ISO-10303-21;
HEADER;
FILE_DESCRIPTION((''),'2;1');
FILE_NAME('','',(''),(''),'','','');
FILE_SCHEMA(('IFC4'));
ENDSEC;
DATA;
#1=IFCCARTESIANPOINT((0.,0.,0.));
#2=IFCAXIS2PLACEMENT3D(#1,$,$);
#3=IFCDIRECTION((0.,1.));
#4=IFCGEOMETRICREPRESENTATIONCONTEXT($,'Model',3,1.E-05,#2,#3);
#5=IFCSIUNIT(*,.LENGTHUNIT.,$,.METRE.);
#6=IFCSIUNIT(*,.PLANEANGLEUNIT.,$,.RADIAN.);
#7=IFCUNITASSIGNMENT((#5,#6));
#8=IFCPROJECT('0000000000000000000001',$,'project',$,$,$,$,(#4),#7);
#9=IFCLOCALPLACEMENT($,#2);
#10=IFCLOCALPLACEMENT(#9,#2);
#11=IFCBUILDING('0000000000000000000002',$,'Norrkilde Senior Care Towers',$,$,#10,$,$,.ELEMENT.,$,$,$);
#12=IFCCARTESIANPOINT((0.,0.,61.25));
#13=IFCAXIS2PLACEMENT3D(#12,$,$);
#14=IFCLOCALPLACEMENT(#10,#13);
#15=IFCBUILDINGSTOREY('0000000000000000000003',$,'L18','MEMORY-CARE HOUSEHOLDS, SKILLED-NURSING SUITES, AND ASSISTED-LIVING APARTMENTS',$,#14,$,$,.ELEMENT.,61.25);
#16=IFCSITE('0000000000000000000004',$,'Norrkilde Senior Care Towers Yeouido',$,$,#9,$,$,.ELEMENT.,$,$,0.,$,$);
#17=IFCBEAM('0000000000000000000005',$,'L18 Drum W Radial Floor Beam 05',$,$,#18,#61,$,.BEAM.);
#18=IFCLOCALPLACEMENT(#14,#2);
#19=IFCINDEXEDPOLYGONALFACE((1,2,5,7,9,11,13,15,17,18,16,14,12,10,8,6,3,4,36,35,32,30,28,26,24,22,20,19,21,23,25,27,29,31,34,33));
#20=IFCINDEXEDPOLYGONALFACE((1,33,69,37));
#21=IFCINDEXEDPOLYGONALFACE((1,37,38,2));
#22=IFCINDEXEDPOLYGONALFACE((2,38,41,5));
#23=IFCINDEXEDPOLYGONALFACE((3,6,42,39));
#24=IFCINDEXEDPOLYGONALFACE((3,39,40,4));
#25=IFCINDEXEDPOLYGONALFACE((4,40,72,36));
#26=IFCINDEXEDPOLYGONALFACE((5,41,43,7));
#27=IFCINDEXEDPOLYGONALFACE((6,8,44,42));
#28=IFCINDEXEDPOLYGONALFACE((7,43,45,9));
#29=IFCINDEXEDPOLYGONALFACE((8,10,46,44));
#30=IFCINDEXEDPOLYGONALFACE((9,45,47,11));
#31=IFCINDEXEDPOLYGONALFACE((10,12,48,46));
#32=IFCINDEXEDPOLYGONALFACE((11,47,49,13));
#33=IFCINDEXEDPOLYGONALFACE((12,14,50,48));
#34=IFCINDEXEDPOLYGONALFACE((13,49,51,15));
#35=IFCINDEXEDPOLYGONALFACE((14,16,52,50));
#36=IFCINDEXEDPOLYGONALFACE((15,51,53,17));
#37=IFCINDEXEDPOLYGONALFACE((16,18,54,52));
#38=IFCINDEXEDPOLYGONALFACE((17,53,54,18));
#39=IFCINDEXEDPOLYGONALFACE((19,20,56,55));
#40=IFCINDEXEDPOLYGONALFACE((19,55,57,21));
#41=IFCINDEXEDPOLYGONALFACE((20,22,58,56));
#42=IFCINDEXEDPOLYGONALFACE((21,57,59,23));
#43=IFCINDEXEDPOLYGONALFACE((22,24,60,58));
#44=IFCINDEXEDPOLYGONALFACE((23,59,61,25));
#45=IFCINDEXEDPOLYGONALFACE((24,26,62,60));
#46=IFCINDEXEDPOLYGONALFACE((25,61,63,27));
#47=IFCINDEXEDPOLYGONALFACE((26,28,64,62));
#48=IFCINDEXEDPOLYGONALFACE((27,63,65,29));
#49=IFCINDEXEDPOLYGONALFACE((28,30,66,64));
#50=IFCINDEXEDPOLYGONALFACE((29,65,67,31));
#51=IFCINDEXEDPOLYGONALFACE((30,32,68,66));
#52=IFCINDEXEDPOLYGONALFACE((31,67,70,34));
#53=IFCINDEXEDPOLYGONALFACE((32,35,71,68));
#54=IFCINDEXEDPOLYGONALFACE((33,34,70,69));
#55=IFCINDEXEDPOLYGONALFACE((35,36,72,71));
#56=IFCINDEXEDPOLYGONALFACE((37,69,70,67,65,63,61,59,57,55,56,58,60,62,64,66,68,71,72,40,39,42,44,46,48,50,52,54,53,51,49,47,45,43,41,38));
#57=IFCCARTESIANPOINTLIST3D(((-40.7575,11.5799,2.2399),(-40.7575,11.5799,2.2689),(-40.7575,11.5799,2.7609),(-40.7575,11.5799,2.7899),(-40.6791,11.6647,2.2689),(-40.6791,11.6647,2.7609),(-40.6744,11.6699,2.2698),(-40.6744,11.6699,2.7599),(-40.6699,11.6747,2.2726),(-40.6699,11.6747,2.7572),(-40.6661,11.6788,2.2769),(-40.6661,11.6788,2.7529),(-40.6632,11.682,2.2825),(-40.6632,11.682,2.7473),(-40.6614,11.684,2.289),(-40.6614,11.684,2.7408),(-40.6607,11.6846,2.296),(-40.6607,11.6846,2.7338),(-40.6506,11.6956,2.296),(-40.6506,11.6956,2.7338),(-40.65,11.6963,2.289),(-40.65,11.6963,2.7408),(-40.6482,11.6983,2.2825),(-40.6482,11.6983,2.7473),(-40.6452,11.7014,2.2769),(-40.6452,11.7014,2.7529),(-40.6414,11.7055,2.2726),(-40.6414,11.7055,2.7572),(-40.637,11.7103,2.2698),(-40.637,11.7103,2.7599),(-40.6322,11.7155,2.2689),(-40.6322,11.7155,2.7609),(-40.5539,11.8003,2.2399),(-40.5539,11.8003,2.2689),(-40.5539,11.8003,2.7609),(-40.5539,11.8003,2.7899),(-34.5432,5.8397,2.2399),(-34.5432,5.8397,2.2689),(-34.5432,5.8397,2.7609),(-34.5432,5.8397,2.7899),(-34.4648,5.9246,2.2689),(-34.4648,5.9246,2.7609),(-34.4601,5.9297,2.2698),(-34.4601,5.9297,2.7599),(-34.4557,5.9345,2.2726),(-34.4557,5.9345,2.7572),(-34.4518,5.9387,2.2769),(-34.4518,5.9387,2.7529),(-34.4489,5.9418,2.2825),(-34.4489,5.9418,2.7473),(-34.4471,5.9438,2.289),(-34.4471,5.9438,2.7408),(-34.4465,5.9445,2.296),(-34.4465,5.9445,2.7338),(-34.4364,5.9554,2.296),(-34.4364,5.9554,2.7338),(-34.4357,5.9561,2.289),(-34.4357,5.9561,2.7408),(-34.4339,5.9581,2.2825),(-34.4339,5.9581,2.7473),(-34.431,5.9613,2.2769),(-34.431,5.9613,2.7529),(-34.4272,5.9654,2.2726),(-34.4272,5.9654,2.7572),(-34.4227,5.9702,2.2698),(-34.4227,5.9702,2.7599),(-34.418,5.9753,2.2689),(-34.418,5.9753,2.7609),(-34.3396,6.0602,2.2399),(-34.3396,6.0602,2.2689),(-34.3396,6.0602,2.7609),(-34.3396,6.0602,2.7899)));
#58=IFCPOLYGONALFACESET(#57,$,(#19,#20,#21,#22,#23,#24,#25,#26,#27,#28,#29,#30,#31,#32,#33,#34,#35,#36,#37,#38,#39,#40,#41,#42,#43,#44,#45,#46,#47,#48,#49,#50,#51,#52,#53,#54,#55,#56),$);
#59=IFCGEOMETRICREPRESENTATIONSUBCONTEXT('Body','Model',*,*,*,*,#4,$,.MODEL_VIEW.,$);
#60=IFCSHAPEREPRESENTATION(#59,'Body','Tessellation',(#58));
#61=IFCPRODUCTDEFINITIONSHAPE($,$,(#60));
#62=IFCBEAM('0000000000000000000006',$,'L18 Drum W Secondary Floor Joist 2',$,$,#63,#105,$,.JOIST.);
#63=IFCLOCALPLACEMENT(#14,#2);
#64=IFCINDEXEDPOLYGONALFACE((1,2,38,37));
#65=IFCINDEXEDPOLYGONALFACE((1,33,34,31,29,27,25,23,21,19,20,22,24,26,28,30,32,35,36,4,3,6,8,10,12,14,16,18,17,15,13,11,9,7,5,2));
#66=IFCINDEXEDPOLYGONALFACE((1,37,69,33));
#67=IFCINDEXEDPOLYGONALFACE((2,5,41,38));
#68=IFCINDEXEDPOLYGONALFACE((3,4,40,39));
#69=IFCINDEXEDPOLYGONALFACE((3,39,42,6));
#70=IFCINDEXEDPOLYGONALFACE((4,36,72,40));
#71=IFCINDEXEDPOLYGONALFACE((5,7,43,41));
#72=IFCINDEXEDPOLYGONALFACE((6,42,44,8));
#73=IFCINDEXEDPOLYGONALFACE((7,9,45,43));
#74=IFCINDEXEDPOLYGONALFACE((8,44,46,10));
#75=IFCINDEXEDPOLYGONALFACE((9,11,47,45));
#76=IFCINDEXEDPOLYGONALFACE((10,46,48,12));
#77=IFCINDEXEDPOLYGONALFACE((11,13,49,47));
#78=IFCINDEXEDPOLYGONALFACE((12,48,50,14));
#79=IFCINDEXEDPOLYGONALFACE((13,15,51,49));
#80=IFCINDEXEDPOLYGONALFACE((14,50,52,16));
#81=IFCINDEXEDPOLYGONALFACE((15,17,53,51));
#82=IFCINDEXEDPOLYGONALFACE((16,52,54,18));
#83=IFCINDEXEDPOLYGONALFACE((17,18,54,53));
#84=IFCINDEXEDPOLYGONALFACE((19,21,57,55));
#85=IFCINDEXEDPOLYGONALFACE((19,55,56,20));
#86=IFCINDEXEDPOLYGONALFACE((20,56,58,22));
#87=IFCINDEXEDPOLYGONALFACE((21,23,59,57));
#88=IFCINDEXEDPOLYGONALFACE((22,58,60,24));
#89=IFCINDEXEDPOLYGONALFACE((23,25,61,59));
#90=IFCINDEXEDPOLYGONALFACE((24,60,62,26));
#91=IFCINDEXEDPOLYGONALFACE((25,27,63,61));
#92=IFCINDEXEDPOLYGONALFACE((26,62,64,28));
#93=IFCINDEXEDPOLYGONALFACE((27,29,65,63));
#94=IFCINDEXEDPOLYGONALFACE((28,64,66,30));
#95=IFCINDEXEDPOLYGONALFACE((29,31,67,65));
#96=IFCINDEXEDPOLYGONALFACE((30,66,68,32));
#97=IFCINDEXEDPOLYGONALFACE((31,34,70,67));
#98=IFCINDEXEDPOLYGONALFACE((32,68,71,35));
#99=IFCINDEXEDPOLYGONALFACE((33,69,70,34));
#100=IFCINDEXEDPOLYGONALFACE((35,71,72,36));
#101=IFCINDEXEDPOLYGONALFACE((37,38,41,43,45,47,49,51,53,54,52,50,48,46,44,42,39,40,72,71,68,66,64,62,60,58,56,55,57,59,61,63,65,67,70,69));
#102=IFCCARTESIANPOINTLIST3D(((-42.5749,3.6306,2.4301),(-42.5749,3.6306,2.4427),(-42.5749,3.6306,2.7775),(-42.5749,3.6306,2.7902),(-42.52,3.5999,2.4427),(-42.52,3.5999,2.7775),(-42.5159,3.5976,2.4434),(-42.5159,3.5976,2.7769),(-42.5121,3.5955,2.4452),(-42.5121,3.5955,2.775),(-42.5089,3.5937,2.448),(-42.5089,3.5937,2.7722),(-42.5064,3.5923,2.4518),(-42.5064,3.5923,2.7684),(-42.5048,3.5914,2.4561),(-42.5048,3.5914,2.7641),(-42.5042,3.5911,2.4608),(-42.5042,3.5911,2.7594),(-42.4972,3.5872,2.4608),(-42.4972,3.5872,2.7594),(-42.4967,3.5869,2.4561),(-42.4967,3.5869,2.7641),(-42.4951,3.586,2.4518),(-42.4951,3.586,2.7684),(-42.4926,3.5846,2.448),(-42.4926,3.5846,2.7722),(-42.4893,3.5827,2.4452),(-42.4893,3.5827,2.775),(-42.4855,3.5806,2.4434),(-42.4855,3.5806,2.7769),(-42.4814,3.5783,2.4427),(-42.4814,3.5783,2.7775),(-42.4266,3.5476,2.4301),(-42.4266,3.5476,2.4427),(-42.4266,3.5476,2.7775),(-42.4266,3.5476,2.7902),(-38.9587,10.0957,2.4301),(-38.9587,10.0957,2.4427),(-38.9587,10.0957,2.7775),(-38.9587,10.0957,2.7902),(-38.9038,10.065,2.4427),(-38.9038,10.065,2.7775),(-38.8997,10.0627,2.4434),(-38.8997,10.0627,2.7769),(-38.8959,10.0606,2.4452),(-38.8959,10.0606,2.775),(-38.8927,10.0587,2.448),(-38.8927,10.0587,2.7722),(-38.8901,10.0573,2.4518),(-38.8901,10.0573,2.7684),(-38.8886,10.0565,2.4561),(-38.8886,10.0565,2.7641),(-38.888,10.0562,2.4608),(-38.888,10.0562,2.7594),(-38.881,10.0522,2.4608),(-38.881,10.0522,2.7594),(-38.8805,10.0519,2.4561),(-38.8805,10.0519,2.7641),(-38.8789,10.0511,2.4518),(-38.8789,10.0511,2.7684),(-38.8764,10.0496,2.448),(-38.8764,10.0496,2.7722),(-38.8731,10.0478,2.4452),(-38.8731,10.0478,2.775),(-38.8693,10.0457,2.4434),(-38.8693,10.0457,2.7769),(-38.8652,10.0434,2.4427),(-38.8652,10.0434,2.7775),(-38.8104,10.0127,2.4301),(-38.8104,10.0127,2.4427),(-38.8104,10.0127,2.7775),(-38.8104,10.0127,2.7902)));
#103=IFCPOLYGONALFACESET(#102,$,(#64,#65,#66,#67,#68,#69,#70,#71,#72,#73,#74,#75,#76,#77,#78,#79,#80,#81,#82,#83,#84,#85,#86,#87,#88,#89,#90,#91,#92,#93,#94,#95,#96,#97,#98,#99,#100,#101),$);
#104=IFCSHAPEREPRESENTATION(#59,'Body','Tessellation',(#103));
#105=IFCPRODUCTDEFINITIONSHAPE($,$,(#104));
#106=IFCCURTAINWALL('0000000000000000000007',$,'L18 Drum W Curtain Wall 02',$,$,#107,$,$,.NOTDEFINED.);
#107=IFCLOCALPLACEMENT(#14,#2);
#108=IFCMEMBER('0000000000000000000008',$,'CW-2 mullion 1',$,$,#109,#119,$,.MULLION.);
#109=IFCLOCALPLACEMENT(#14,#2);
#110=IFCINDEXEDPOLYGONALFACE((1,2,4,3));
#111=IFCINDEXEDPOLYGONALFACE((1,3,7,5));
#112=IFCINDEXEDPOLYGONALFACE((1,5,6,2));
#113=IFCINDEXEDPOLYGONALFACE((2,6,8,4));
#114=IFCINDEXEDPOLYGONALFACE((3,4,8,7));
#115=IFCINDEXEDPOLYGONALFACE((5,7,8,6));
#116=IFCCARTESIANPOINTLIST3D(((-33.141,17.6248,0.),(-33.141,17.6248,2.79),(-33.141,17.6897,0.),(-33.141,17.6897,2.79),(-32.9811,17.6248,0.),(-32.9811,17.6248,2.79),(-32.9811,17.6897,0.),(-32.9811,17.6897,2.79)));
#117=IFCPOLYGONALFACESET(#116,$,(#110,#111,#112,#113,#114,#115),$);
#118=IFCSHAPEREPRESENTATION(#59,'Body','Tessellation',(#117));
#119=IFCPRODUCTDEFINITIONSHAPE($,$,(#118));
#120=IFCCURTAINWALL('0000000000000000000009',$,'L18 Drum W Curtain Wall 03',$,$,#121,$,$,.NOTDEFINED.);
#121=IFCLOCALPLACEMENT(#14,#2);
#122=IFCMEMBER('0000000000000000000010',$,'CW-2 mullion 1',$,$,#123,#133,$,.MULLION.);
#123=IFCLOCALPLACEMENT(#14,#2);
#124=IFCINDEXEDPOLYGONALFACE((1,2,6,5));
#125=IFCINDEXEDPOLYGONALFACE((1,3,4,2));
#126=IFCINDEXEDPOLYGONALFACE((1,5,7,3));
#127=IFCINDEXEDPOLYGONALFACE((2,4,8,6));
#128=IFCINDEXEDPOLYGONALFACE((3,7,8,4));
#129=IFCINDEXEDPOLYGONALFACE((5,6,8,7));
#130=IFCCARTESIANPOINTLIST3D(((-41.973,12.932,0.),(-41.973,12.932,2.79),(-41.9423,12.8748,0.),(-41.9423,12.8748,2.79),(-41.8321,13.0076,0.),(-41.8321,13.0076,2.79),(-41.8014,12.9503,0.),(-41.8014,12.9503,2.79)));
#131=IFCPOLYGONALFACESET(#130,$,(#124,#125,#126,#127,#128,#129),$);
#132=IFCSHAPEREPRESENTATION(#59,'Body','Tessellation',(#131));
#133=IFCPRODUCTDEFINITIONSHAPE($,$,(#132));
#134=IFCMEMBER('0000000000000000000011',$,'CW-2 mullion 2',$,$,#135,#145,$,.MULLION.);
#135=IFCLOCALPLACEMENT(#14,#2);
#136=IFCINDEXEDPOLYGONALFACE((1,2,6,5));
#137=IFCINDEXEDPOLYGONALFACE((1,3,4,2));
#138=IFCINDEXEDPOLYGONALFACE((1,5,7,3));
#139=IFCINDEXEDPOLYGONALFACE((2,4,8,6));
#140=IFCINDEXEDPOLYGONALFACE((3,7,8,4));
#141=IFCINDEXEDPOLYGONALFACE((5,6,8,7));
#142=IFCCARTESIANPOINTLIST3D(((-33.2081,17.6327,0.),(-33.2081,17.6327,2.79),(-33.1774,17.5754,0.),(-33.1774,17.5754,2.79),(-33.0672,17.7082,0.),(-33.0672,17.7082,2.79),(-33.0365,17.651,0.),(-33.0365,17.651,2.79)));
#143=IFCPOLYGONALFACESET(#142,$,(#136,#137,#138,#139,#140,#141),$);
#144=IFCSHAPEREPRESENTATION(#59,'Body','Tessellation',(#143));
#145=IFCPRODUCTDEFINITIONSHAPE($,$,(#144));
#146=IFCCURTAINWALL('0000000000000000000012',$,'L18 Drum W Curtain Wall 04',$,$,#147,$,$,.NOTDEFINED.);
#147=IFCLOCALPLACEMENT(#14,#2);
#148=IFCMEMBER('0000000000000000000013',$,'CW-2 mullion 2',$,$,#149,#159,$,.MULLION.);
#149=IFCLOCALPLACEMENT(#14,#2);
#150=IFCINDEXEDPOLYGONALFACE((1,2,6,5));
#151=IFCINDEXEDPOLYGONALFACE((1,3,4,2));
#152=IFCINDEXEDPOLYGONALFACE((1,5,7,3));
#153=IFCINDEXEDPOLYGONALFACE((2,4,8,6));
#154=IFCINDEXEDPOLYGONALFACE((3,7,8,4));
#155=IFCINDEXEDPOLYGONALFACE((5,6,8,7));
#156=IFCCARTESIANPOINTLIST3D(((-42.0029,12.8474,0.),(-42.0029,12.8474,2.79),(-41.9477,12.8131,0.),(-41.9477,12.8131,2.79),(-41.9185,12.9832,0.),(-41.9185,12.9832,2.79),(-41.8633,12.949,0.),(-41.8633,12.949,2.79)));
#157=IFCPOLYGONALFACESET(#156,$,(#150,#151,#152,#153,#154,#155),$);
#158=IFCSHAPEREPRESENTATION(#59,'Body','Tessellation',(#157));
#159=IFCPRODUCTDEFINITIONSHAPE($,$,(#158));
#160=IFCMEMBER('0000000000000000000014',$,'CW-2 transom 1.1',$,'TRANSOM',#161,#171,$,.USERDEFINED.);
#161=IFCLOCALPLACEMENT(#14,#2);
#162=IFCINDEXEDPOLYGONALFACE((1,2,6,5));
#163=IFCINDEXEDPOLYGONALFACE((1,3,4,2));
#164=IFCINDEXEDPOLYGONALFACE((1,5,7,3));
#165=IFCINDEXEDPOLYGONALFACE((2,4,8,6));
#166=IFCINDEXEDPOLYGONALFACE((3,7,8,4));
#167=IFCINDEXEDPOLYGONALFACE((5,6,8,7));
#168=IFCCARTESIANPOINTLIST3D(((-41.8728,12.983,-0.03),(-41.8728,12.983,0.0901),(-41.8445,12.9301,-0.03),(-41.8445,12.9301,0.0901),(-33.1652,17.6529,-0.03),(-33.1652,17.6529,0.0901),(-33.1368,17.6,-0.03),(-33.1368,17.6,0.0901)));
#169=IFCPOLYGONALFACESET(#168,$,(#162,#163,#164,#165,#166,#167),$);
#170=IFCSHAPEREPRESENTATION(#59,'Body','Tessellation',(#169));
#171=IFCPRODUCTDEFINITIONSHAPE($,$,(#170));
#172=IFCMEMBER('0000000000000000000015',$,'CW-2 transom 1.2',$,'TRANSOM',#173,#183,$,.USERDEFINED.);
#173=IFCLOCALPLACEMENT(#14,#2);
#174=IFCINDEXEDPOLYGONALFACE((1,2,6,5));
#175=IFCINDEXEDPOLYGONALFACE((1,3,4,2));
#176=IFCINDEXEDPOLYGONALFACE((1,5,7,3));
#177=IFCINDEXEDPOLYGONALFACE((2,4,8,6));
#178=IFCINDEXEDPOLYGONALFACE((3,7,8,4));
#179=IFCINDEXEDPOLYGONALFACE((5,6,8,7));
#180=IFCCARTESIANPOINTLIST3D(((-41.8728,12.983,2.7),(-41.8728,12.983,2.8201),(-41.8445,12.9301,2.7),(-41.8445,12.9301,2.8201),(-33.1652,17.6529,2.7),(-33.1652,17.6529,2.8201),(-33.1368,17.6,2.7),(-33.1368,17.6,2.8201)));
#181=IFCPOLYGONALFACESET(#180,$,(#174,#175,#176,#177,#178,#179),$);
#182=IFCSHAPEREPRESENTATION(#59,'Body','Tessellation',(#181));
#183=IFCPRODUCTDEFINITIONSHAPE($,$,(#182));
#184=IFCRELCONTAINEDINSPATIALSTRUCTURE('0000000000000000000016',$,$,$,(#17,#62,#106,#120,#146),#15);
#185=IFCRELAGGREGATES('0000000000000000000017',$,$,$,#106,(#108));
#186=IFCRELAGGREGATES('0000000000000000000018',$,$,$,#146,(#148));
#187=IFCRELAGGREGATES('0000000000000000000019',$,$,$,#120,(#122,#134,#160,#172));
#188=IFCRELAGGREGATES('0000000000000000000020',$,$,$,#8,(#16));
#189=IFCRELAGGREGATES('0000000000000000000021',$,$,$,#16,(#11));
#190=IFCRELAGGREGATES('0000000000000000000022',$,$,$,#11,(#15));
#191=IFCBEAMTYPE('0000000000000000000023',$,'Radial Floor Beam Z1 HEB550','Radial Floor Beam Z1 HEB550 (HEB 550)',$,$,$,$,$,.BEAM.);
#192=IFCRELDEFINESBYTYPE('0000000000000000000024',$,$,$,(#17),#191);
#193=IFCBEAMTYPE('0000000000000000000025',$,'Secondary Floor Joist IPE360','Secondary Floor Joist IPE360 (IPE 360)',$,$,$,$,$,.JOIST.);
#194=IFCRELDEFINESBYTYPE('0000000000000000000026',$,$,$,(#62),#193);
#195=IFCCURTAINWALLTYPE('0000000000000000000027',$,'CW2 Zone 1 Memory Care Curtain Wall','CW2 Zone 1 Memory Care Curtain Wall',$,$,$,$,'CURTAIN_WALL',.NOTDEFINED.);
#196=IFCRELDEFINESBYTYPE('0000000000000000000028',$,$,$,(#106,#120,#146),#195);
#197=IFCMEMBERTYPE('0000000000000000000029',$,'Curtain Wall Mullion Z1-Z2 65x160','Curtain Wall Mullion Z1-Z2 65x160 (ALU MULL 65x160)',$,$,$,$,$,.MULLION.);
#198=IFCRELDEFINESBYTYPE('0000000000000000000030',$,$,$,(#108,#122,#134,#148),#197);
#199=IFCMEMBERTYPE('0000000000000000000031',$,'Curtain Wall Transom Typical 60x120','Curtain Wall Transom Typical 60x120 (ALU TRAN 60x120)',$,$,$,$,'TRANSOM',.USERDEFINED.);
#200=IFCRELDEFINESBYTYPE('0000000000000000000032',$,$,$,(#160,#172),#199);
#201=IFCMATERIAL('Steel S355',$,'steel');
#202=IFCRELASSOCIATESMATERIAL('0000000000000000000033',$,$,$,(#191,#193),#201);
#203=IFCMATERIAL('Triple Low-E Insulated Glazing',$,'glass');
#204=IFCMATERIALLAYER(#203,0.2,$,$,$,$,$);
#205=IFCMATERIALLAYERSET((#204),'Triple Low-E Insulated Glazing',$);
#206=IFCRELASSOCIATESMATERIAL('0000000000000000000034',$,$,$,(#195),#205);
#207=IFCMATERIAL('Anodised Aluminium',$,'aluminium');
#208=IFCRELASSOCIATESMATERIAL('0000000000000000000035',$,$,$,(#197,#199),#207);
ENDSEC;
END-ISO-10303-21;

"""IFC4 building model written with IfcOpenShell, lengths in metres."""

from ifc_helpers import new_model, si_unit, direction, frame, origin, origin_2d, place, context, subcontext, project, spatial, rectangle, i_section, extrude, source, transform, mapped, material, layer, layer_set, material_profile, profile_set, type_object, type_shapes, element, aggregate, save


model = new_model("IFC4")

# Units and contexts
model_context = context("Model", 3, precision=1e-05, world=origin(), true_north=direction((0.0, 1.0)))
body_context = subcontext(model_context, "Body", "Model", "MODEL_VIEW")
ifc_project = project(units=[si_unit("LENGTHUNIT", "METRE"), si_unit("PLANEANGLEUNIT", "RADIAN")], contexts=[model_context])

# Site, building, storey
site_placement = place(None, origin())
site = spatial("IfcSite", under=ifc_project, at=site_placement, Name="Norrkilde Senior Care Towers Yeouido", CompositionType="ELEMENT", RefElevation=0.0)
building_placement = place(site_placement, origin())
building = spatial("IfcBuilding", under=site, at=building_placement, Name="Norrkilde Senior Care Towers", CompositionType="ELEMENT")
storey_placement = place(building_placement, frame((0.0, 0.0, 61.25)))
storey = spatial("IfcBuildingStorey", under=building, at=storey_placement, Name="L18", Description="MEMORY-CARE HOUSEHOLDS, SKILLED-NURSING SUITES, AND ASSISTED-LIVING APARTMENTS", CompositionType="ELEMENT", Elevation=61.25)

# Beams
ifc_material_1 = material(Name="Steel S355", Category="steel")
ifc_material_profile_1 = material_profile(ifc_material_1, i_section(OverallWidth=0.3, OverallDepth=0.55, WebThickness=0.0149, FlangeThickness=0.0291, FilletRadius=0.0271, at=origin_2d()), Name="HEB 550")
ifc_profile_set_1 = profile_set([ifc_material_profile_1], Name="Steel S355")
beam_type_1 = type_object("IfcBeamType", Name="Radial Floor Beam Z1 HEB550", Description="Radial Floor Beam Z1 HEB550 (HEB 550)", PredefinedType="BEAM", material=ifc_profile_set_1)
shared_shape_1 = source(origin(), body_context, "Body", "SweptSolid", [
    extrude(i_section(OverallWidth=0.3, OverallDepth=0.55, WebThickness=0.0149, FlangeThickness=0.0291, FilletRadius=0.0271, at=origin_2d()), origin(), (0.0, 0.0, 1.0), 8.4597),
])
type_shapes(beam_type_1, [shared_shape_1])
beam_1_placement = place(storey_placement, frame((-34.4414, 5.95, 2.5149), z_axis=(-0.734573, 0.678529, 0.0), x_axis=(-0.678529, -0.734573, 0.0)))
element("IfcBeam", 1, at=beam_1_placement, inside=storey, type_object=beam_type_1, Name="L18 Drum W Radial Floor Beam 05", PredefinedType="BEAM", context=body_context, shape_type="MappedRepresentation", body=[
    mapped(shared_shape_1, transform((0.0, 0.0, 0.0), x_axis=(1.0, 0.0, 0.0), y_axis=(0.0, 1.0, 0.0), z_axis=(0.0, 0.0, 1.0), scale=1.0)),
])
ifc_material_profile_2 = material_profile(ifc_material_1, i_section(OverallWidth=0.1699, OverallDepth=0.3601, WebThickness=0.0081, FlangeThickness=0.0127, FilletRadius=0.0181, at=origin_2d()), Name="IPE 360")
ifc_profile_set_2 = profile_set([ifc_material_profile_2], Name="Steel S355")
beam_type_2 = type_object("IfcBeamType", Name="Secondary Floor Joist IPE360", Description="Secondary Floor Joist IPE360 (IPE 360)", PredefinedType="JOIST", material=ifc_profile_set_2)
shared_shape_2 = source(origin(), body_context, "Body", "SweptSolid", [
    extrude(i_section(OverallWidth=0.1699, OverallDepth=0.3601, WebThickness=0.0081, FlangeThickness=0.0127, FilletRadius=0.0181, at=origin_2d()), origin(), (0.0, 0.0, 1.0), 7.4077),
])
type_shapes(beam_type_2, [shared_shape_2])
beam_2_placement = place(storey_placement, frame((-38.8845, 10.0542, 2.6101), z_axis=(-0.488168, -0.87275, 0.0), x_axis=(0.87275, -0.488168, 0.0)))
element("IfcBeam", 2, at=beam_2_placement, inside=storey, type_object=beam_type_2, Name="L18 Drum W Secondary Floor Joist 2", PredefinedType="JOIST", context=body_context, shape_type="MappedRepresentation", body=[
    mapped(shared_shape_2, transform((0.0, 0.0, 0.0), x_axis=(1.0, 0.0, 0.0), y_axis=(0.0, 1.0, 0.0), z_axis=(0.0, 0.0, 1.0), scale=1.0)),
])

# Curtain wall, member
ifc_material_2 = material(Name="Triple Low-E Insulated Glazing", Category="glass")
ifc_layer_1 = layer(ifc_material_2, 0.2)
ifc_layer_set_1 = layer_set([ifc_layer_1], Name="Triple Low-E Insulated Glazing")
curtain_wall_type = type_object("IfcCurtainWallType", Name="CW2 Zone 1 Memory Care Curtain Wall", Description="CW2 Zone 1 Memory Care Curtain Wall", ElementType="CURTAIN_WALL", PredefinedType="NOTDEFINED", material=ifc_layer_set_1)
curtain_wall_1_placement = place(storey_placement, origin())
curtain_wall_1 = element("IfcCurtainWall", 3, at=curtain_wall_1_placement, inside=storey, type_object=curtain_wall_type, Name="L18 Drum W Curtain Wall 02", PredefinedType="NOTDEFINED")
ifc_material_3 = material(Name="Anodised Aluminium", Category="aluminium")
ifc_material_profile_3 = material_profile(ifc_material_3, rectangle(XDim=0.0649, YDim=0.1599, at=origin_2d()), Name="ALU MULL 65x160")
ifc_profile_set_3 = profile_set([ifc_material_profile_3], Name="Anodised Aluminium")
member_type_1 = type_object("IfcMemberType", Name="Curtain Wall Mullion Z1-Z2 65x160", Description="Curtain Wall Mullion Z1-Z2 65x160 (ALU MULL 65x160)", PredefinedType="MULLION", material=ifc_profile_set_3)
shared_shape_3 = source(origin(), body_context, "Body", "SweptSolid", [
    extrude(rectangle(XDim=0.0649, YDim=0.1599, at=origin_2d()), origin(), (0.0, 0.0, 1.0), 2.79),
])
type_shapes(member_type_1, [shared_shape_3])
member_1_placement = place(storey_placement, frame((-33.061, 17.6572, 0.0), z_axis=(0.0, 0.0, 1.0), x_axis=(0.0, 1.0, 0.0)))
member_1 = element("IfcMember", 4, at=member_1_placement, type_object=member_type_1, Name="CW-2 mullion 1", PredefinedType="MULLION", context=body_context, shape_type="MappedRepresentation", body=[
    mapped(shared_shape_3, transform((0.0, 0.0, 0.0), x_axis=(1.0, 0.0, 0.0), y_axis=(0.0, 1.0, 0.0), z_axis=(0.0, 0.0, 1.0), scale=1.0)),
])

# Curtain wall, members
curtain_wall_2_placement = place(storey_placement, origin())
curtain_wall_2 = element("IfcCurtainWall", 5, at=curtain_wall_2_placement, inside=storey, type_object=curtain_wall_type, Name="L18 Drum W Curtain Wall 03", PredefinedType="NOTDEFINED")
member_2_placement = place(storey_placement, frame((-41.8872, 12.9412, 0.0), z_axis=(0.0, 0.0, 1.0), x_axis=(-0.472608, 0.881273, 0.0)))
member_2 = element("IfcMember", 6, at=member_2_placement, type_object=member_type_1, Name="CW-2 mullion 1", PredefinedType="MULLION", context=body_context, shape_type="MappedRepresentation", body=[
    mapped(shared_shape_3, transform((0.0, 0.0, 0.0), x_axis=(1.0, 0.0, 0.0), y_axis=(0.0, 1.0, 0.0), z_axis=(0.0, 0.0, 1.0), scale=1.0)),
])
member_3_placement = place(storey_placement, frame((-33.1223, 17.6418, 0.0), z_axis=(0.0, 0.0, 1.0), x_axis=(-0.472608, 0.881273, 0.0)))
member_3 = element("IfcMember", 7, at=member_3_placement, type_object=member_type_1, Name="CW-2 mullion 2", PredefinedType="MULLION", context=body_context, shape_type="MappedRepresentation", body=[
    mapped(shared_shape_3, transform((0.0, 0.0, 0.0), x_axis=(1.0, 0.0, 0.0), y_axis=(0.0, 1.0, 0.0), z_axis=(0.0, 0.0, 1.0), scale=1.0)),
])

# Curtain wall, member
curtain_wall_3_placement = place(storey_placement, origin())
curtain_wall_3 = element("IfcCurtainWall", 8, at=curtain_wall_3_placement, inside=storey, type_object=curtain_wall_type, Name="L18 Drum W Curtain Wall 04", PredefinedType="NOTDEFINED")
member_4_placement = place(storey_placement, frame((-41.9331, 12.8982, 0.0), z_axis=(0.0, 0.0, 1.0), x_axis=(-0.849306, 0.527901, 0.0)))
member_4 = element("IfcMember", 9, at=member_4_placement, type_object=member_type_1, Name="CW-2 mullion 2", PredefinedType="MULLION", context=body_context, shape_type="MappedRepresentation", body=[
    mapped(shared_shape_3, transform((0.0, 0.0, 0.0), x_axis=(1.0, 0.0, 0.0), y_axis=(0.0, 1.0, 0.0), z_axis=(0.0, 0.0, 1.0), scale=1.0)),
])

# Members
ifc_material_profile_4 = material_profile(ifc_material_3, rectangle(XDim=0.0601, YDim=0.1201, at=origin_2d()), Name="ALU TRAN 60x120")
ifc_profile_set_4 = profile_set([ifc_material_profile_4], Name="Anodised Aluminium")
member_type_2 = type_object("IfcMemberType", Name="Curtain Wall Transom Typical 60x120", Description="Curtain Wall Transom Typical 60x120 (ALU TRAN 60x120)", ElementType="TRANSOM", PredefinedType="USERDEFINED", material=ifc_profile_set_4)
shared_shape_4 = source(origin(), body_context, "Body", "SweptSolid", [
    extrude(rectangle(XDim=0.0601, YDim=0.1201, at=origin_2d()), origin(), (0.0, 0.0, 1.0), 9.8809),
])
member_5_placement = place(storey_placement, frame((-41.8586, 12.9565, 0.03), z_axis=(0.881267, 0.472618, 0.0), x_axis=(-0.472618, 0.881267, 0.0)))
member_5 = element("IfcMember", 10, at=member_5_placement, type_object=member_type_2, Name="CW-2 transom 1.1", ObjectType="TRANSOM", PredefinedType="USERDEFINED", context=body_context, shape_type="MappedRepresentation", body=[
    mapped(shared_shape_4, transform((0.0, 0.0, 0.0), x_axis=(1.0, 0.0, 0.0), y_axis=(0.0, 1.0, 0.0), z_axis=(0.0, 0.0, 1.0), scale=1.0)),
])
member_6_placement = place(storey_placement, frame((-41.8586, 12.9565, 2.76), z_axis=(0.881267, 0.472618, 0.0), x_axis=(-0.472618, 0.881267, 0.0)))
member_6 = element("IfcMember", 11, at=member_6_placement, type_object=member_type_2, Name="CW-2 transom 1.2", ObjectType="TRANSOM", PredefinedType="USERDEFINED", context=body_context, shape_type="MappedRepresentation", body=[
    mapped(shared_shape_4, transform((0.0, 0.0, 0.0), x_axis=(1.0, 0.0, 0.0), y_axis=(0.0, 1.0, 0.0), z_axis=(0.0, 0.0, 1.0), scale=1.0)),
])
aggregate(curtain_wall_1, [member_1])

aggregate(curtain_wall_3, [member_4])
aggregate(curtain_wall_2, [member_2, member_3, member_5, member_6])

save(model, "model.ifc")
